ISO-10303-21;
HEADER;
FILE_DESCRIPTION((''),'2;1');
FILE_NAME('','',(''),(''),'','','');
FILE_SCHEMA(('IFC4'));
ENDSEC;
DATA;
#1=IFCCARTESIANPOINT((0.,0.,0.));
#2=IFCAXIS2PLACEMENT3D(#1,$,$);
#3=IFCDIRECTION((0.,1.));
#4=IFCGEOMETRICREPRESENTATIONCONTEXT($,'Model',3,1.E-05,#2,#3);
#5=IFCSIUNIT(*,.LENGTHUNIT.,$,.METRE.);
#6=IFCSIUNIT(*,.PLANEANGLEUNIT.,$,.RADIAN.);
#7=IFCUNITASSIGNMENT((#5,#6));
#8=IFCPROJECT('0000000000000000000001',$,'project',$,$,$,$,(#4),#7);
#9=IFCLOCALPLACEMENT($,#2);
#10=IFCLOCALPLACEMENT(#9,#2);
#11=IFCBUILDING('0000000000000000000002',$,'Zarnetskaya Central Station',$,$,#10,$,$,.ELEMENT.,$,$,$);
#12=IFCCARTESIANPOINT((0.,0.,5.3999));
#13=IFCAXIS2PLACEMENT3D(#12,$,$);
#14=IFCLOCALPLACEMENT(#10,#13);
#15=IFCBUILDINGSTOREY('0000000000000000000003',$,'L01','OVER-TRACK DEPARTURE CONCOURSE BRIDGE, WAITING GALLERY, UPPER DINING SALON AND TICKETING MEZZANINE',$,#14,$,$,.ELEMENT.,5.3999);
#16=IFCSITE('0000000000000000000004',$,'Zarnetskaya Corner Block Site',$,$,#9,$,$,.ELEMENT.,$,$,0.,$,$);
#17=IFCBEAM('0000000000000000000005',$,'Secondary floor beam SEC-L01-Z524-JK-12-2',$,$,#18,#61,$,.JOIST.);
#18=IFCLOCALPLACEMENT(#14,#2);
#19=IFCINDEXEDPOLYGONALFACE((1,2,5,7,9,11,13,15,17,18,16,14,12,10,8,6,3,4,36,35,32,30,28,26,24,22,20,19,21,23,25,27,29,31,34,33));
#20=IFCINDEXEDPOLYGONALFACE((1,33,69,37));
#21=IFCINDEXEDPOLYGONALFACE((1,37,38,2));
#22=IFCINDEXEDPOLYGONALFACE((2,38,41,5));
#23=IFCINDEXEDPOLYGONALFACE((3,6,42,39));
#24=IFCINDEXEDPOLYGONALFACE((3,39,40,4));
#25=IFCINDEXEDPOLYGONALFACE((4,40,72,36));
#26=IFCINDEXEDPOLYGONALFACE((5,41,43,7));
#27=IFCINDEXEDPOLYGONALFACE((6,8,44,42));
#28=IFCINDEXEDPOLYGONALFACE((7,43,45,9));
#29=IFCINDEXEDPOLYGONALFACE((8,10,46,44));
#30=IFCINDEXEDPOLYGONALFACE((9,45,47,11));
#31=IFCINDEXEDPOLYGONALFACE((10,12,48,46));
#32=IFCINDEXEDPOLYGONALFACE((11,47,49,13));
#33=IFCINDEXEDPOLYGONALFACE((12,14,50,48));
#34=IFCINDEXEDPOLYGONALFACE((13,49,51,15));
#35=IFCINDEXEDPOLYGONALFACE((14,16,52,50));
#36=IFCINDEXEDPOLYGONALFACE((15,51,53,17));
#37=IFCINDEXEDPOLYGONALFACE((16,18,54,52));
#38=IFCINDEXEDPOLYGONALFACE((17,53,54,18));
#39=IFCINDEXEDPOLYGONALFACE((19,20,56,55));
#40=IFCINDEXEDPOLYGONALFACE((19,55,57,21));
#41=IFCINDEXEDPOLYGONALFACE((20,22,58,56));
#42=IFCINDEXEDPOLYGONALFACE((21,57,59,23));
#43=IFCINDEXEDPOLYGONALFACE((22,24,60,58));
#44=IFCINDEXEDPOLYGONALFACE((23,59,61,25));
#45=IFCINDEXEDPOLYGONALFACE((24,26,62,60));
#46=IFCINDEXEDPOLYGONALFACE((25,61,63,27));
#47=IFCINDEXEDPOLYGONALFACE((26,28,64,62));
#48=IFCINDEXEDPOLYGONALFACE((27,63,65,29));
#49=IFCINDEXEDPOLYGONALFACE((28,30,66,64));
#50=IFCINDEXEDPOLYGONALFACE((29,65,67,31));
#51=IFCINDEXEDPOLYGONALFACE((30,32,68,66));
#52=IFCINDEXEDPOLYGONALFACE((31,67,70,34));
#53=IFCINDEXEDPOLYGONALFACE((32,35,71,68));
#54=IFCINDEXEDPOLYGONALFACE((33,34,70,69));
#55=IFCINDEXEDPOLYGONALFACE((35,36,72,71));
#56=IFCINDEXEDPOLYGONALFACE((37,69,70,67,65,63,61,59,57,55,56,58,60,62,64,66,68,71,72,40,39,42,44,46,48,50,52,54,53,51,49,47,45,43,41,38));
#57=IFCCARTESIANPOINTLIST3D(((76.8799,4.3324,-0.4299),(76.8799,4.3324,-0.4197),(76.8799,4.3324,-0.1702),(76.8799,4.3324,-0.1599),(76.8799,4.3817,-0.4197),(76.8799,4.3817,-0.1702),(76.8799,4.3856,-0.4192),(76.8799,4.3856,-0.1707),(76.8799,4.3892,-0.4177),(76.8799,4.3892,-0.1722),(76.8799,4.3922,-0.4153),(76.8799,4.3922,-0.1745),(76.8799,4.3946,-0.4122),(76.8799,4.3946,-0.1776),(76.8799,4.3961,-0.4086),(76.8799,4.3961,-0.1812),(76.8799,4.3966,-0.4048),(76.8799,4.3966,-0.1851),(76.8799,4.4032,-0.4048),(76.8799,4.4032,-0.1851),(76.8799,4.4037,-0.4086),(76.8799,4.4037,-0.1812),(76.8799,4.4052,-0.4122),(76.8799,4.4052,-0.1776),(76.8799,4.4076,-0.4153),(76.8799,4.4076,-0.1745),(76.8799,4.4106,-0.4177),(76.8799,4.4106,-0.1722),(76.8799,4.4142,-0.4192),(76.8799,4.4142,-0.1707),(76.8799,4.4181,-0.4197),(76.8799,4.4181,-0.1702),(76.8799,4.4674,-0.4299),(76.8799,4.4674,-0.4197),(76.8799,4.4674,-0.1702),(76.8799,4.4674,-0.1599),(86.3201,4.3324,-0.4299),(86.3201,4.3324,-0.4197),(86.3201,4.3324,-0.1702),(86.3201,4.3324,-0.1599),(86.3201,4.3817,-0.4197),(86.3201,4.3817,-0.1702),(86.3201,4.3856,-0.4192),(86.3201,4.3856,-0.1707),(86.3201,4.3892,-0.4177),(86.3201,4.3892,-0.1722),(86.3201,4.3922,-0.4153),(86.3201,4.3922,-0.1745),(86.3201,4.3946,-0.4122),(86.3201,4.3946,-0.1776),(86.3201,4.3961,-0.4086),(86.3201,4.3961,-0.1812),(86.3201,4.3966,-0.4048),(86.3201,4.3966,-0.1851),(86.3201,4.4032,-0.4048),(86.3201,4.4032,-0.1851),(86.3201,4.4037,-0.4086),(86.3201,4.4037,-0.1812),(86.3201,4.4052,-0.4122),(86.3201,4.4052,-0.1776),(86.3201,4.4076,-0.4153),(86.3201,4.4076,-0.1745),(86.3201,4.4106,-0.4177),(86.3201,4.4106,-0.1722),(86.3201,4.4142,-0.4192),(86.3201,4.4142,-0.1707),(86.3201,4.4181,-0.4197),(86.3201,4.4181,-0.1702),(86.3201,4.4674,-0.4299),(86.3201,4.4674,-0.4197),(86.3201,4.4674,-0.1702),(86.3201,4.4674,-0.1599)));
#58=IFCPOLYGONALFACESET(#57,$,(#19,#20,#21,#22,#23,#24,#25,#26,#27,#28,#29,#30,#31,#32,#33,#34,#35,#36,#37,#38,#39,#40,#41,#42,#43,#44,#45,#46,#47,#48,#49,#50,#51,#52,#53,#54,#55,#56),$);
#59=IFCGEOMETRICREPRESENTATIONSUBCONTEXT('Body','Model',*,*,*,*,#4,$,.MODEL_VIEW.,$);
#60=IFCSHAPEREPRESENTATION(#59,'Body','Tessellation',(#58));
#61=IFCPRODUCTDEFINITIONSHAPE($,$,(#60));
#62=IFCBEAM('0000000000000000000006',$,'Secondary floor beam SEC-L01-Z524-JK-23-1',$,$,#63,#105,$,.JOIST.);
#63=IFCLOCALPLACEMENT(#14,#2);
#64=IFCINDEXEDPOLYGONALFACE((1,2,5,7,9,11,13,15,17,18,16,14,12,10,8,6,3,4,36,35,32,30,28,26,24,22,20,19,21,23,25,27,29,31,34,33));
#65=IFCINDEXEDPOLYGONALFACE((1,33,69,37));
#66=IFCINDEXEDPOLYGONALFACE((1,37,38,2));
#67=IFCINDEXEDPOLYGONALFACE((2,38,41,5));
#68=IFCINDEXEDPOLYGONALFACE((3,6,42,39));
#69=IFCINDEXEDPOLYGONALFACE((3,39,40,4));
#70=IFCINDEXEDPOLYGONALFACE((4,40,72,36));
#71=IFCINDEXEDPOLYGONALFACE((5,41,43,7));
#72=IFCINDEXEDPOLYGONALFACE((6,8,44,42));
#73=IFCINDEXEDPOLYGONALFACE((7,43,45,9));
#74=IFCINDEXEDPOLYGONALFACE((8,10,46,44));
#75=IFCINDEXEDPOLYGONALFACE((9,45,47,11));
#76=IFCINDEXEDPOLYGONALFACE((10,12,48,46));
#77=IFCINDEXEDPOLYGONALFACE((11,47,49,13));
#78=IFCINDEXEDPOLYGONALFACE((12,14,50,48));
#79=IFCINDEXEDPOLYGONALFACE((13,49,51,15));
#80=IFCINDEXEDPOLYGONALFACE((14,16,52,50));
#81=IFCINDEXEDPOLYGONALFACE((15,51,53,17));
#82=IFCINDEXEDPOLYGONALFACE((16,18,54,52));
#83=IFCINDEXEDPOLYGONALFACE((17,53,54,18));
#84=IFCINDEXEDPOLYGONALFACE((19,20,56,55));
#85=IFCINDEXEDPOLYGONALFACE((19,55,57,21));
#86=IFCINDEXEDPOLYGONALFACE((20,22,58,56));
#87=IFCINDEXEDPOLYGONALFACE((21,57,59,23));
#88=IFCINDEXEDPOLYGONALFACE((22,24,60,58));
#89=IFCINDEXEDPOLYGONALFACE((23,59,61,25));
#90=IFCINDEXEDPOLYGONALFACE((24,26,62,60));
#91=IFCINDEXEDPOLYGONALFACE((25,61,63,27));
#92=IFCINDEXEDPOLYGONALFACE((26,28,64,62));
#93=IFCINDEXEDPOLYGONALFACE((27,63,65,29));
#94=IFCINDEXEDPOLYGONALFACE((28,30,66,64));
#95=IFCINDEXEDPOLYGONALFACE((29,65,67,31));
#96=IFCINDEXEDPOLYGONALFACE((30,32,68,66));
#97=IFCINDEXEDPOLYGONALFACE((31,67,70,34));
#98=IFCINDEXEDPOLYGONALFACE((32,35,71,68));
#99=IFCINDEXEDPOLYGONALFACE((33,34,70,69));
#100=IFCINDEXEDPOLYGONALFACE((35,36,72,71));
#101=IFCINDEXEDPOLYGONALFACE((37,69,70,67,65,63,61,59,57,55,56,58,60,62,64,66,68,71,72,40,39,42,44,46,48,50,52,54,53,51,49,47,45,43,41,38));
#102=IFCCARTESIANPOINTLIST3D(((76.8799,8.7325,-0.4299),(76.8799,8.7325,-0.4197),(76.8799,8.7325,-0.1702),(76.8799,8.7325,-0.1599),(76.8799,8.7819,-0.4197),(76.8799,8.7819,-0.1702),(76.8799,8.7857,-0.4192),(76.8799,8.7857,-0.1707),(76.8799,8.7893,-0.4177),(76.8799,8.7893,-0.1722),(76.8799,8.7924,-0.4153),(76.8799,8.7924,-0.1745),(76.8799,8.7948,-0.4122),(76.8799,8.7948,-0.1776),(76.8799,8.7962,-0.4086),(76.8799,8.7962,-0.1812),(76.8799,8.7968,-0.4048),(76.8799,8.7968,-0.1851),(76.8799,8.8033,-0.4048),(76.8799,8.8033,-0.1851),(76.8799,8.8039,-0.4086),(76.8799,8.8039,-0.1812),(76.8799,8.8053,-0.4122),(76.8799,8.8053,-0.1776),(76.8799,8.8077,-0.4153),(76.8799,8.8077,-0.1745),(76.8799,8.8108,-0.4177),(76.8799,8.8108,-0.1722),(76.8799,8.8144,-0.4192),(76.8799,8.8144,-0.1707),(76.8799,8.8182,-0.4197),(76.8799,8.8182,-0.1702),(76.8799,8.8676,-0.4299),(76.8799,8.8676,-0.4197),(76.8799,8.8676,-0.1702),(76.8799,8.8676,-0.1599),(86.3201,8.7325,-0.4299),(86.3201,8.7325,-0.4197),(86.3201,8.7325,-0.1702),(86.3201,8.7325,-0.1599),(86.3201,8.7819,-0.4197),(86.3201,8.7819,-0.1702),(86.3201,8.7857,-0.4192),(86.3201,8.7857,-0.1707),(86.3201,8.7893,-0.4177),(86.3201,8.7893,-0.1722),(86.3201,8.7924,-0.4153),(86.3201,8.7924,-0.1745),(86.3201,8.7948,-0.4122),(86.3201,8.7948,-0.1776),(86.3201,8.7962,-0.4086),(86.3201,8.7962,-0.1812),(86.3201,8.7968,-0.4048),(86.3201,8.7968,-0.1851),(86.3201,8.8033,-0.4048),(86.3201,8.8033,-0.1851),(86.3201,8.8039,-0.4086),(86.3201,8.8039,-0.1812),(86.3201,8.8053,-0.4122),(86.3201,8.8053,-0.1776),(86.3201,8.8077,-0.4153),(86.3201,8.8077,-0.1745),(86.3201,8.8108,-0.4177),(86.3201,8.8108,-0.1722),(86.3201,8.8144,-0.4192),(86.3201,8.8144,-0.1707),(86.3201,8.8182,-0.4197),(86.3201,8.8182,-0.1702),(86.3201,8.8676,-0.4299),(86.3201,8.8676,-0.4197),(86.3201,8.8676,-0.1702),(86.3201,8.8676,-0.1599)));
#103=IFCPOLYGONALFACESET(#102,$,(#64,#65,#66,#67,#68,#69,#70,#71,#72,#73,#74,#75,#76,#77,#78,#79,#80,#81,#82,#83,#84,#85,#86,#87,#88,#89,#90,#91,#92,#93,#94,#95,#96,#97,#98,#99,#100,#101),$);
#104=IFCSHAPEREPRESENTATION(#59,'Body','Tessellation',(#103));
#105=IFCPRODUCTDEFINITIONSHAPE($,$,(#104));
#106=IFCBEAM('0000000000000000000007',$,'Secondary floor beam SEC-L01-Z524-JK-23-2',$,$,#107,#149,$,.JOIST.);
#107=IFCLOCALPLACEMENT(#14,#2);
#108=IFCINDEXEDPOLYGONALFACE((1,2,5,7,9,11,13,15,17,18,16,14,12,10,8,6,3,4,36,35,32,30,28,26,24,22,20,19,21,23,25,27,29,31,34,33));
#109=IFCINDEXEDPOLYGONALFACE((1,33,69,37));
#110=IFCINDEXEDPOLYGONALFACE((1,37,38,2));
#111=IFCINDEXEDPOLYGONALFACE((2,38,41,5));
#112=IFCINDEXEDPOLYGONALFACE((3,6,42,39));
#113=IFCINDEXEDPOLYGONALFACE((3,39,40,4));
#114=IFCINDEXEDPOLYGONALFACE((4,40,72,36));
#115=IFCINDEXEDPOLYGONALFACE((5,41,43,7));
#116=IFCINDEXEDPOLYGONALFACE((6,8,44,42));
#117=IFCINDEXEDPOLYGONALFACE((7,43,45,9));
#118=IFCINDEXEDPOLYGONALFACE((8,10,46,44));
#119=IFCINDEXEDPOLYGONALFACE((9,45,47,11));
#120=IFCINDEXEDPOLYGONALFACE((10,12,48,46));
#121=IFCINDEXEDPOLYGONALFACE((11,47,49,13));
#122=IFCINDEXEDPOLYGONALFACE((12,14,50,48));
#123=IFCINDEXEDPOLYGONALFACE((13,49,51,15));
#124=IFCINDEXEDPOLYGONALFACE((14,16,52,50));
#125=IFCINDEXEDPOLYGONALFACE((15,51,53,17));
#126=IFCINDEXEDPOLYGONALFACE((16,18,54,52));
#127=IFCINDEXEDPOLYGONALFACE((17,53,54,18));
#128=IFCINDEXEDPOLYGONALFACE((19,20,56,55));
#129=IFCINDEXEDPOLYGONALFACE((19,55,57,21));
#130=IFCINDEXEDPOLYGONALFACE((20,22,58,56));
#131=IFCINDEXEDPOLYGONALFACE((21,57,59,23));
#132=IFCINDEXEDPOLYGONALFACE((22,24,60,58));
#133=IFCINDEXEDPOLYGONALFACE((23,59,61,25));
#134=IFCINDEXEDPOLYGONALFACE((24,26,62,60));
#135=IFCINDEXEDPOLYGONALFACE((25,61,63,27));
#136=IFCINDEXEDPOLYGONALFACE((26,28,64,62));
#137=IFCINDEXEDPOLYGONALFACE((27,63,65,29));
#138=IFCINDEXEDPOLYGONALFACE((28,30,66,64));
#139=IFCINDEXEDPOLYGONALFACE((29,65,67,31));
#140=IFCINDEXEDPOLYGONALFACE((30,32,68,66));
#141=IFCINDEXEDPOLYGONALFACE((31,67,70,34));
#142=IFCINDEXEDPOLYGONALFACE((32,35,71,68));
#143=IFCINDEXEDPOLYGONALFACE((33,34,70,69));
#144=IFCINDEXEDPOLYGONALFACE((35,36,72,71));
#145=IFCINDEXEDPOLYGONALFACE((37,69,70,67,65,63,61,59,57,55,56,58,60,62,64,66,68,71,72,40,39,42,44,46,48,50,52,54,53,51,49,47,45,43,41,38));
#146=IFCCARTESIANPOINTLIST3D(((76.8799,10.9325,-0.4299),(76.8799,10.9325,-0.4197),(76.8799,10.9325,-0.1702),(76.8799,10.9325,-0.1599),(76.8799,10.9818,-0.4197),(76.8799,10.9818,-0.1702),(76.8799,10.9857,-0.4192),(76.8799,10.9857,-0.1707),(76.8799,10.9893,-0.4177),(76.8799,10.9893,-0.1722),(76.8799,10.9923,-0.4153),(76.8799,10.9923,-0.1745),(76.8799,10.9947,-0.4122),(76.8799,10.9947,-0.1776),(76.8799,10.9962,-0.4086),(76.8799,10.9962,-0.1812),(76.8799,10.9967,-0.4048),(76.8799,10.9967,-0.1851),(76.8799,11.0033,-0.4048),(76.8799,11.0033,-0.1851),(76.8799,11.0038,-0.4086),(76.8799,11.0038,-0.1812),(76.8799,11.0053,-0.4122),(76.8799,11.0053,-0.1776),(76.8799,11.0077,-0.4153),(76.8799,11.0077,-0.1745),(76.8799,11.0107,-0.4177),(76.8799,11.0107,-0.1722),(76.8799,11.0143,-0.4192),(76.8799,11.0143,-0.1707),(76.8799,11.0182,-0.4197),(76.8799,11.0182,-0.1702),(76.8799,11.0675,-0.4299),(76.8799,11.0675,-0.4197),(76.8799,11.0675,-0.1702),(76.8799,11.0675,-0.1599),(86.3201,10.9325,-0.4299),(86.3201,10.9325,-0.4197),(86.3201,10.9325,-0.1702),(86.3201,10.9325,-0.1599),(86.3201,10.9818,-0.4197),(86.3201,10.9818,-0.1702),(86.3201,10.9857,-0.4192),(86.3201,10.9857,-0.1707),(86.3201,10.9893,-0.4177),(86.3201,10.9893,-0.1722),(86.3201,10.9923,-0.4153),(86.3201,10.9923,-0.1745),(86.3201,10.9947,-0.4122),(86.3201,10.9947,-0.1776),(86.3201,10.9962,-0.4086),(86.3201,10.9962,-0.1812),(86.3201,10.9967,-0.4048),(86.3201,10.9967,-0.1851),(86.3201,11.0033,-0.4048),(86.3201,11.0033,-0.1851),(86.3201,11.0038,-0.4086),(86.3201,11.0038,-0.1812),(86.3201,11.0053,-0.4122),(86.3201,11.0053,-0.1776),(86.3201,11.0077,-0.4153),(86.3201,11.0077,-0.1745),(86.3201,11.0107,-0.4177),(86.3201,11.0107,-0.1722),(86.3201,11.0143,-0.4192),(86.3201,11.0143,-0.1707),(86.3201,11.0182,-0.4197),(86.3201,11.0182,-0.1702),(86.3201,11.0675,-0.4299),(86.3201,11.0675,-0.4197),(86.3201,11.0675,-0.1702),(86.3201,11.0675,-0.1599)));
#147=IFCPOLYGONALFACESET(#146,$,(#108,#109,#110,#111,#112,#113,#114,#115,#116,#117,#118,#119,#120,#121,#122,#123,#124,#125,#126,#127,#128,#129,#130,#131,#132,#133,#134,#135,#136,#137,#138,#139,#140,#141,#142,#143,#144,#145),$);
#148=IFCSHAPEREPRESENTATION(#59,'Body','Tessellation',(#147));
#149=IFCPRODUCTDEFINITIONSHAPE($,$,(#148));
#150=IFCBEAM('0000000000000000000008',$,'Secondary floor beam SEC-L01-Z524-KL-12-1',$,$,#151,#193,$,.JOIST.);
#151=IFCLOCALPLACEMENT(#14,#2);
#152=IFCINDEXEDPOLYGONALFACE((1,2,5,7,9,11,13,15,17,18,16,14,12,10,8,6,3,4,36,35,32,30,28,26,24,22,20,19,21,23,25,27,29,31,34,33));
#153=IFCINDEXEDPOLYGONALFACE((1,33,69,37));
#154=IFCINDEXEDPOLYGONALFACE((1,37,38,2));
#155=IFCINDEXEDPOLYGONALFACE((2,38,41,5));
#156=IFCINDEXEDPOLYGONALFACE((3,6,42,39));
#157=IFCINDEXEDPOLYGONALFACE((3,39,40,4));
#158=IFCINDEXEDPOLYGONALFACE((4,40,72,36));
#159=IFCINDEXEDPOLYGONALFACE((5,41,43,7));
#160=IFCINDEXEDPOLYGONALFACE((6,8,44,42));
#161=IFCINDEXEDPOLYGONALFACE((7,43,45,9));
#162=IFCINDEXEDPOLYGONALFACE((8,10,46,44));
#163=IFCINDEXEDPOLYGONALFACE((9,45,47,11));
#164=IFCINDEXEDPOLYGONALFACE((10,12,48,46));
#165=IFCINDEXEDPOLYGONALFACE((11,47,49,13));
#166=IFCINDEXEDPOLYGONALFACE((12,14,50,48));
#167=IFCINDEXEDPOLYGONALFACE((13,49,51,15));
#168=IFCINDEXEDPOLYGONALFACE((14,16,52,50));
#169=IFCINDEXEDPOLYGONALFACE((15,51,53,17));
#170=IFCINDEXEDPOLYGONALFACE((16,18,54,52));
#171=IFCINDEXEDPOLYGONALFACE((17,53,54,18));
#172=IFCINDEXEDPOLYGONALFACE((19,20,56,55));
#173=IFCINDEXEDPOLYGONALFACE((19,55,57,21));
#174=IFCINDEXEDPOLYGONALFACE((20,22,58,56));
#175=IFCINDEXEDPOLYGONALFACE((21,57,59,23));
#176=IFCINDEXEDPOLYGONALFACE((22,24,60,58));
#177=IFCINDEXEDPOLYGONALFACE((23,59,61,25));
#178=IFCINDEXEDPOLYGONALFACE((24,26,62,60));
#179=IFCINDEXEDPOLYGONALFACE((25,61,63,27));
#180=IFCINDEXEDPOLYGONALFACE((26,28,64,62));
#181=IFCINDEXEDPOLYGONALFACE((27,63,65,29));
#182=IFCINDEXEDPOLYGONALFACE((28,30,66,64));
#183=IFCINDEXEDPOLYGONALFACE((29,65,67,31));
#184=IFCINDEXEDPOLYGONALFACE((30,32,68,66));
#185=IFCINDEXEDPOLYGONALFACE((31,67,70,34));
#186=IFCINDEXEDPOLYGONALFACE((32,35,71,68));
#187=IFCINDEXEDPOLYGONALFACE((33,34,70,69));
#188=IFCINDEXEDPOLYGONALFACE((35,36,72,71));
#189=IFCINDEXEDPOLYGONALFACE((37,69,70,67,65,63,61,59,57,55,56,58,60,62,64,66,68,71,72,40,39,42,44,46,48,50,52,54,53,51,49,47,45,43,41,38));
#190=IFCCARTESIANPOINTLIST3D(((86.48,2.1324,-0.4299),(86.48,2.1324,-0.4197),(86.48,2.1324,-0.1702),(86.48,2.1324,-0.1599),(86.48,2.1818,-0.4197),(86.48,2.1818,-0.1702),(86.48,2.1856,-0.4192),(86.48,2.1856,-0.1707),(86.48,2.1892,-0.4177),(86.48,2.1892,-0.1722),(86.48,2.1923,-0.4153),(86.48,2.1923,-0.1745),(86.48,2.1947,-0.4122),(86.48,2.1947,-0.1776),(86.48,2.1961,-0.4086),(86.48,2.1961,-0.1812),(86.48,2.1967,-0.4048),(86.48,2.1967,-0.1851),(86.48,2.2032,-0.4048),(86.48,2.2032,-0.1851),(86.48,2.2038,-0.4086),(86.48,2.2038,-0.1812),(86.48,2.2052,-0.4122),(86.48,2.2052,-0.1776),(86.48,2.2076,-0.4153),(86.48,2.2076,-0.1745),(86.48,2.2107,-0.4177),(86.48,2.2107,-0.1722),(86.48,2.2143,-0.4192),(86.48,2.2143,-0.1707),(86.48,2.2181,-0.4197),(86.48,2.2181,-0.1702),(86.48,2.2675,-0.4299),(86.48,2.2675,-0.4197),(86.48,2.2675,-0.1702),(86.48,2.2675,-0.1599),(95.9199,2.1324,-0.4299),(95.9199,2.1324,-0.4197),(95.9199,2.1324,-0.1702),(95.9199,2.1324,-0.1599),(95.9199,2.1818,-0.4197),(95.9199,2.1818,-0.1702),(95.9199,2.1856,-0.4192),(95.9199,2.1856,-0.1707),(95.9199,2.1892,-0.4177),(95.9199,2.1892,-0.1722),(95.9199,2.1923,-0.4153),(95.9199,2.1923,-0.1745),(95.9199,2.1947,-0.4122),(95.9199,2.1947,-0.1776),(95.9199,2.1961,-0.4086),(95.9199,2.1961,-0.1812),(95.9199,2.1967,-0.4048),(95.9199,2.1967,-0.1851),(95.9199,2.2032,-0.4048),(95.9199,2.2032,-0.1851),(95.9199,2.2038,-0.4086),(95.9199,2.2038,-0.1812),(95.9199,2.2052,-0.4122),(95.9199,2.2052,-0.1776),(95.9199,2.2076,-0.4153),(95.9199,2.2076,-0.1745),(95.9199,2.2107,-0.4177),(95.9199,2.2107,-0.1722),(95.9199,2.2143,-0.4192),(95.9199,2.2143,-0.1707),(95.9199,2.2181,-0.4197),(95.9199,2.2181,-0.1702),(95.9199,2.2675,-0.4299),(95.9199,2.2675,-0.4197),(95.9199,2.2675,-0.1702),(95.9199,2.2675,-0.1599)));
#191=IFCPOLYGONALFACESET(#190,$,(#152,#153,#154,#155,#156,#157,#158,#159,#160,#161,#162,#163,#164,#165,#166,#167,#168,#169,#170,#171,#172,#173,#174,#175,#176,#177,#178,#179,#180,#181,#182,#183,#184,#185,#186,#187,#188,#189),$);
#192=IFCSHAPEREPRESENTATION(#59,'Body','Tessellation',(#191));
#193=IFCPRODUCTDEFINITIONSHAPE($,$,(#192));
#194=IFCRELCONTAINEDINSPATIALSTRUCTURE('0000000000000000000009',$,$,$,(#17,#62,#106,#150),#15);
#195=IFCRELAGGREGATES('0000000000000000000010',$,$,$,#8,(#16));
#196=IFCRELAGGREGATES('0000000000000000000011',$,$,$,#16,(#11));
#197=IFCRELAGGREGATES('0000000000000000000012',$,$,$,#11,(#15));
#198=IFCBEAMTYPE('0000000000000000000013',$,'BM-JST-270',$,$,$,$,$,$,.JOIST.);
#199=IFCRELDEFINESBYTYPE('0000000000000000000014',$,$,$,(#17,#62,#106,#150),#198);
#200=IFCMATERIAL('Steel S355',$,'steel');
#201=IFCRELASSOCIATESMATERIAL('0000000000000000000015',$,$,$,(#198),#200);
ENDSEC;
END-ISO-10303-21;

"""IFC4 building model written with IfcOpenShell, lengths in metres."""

from ifc_helpers import new_model, si_unit, direction, frame, origin, origin_2d, place, context, subcontext, project, spatial, i_section, extrude, material, material_profile, profile_set, type_object, element, save


model = new_model("IFC4")

# Units and contexts
model_context = context("Model", 3, precision=1e-05, world=origin(), true_north=direction((0.0, 1.0)))
body_context = subcontext(model_context, "Body", "Model", "MODEL_VIEW")
ifc_project = project(units=[si_unit("LENGTHUNIT", "METRE"), si_unit("PLANEANGLEUNIT", "RADIAN")], contexts=[model_context])

# Site, building, storey
site_placement = place(None, origin())
site = spatial("IfcSite", under=ifc_project, at=site_placement, Name="Zarnetskaya Corner Block Site", CompositionType="ELEMENT", RefElevation=0.0)
building_placement = place(site_placement, origin())
building = spatial("IfcBuilding", under=site, at=building_placement, Name="Zarnetskaya Central Station", CompositionType="ELEMENT")
storey_placement = place(building_placement, frame((0.0, 0.0, 5.3999)))
storey = spatial("IfcBuildingStorey", under=building, at=storey_placement, Name="L01", Description="OVER-TRACK DEPARTURE CONCOURSE BRIDGE, WAITING GALLERY, UPPER DINING SALON AND TICKETING MEZZANINE", CompositionType="ELEMENT", Elevation=5.3999)

# Beams
ifc_material_1 = material(Name="Steel S355", Category="steel")
ifc_material_profile_1 = material_profile(ifc_material_1, i_section(OverallWidth=0.135, OverallDepth=0.27, WebThickness=0.0066, FlangeThickness=0.0103, FilletRadius=0.0149, at=origin_2d()), Name="IPE 270")
ifc_profile_set_1 = profile_set([ifc_material_profile_1], Name="Steel S355")
beam_type_1 = type_object("IfcBeamType", Name="BM-JST-270", PredefinedType="JOIST", material=ifc_profile_set_1)
for number, where, z_axis, x_axis, name in (
    (1, (76.8799, 4.3999, -0.2949), (1.0, 0.0, 0.0), (0.0, 1.0, 0.0), "Secondary floor beam SEC-L01-Z524-JK-12-2"),
    (2, (76.8799, 8.8, -0.2949), (1.0, 0.0, 0.0), (0.0, 1.0, 0.0), "Secondary floor beam SEC-L01-Z524-JK-23-1"),
    (3, (76.8799, 11.0, -0.2949), (1.0, 0.0, 0.0), (0.0, 1.0, 0.0), "Secondary floor beam SEC-L01-Z524-JK-23-2"),
):
    element("IfcBeam", number, at=place(storey_placement, frame(where, z_axis=z_axis, x_axis=x_axis)), inside=storey, type_object=beam_type_1, Name=name, PredefinedType="JOIST", context=body_context, shape_type="SweptSolid", body=[
        extrude(i_section(OverallWidth=0.135, OverallDepth=0.27, WebThickness=0.0066, FlangeThickness=0.0103, FilletRadius=0.0149, at=origin_2d()), origin(), (0.0, 0.0, 1.0), 9.4402),
    ])
for number, where, z_axis, x_axis, name in (
    (4, (86.48, 2.2, -0.2949), (1.0, 0.0, 0.0), (0.0, 1.0, 0.0), "Secondary floor beam SEC-L01-Z524-KL-12-1"),
):
    element("IfcBeam", number, at=place(storey_placement, frame(where, z_axis=z_axis, x_axis=x_axis)), inside=storey, type_object=beam_type_1, Name=name, PredefinedType="JOIST", context=body_context, shape_type="SweptSolid", body=[
        extrude(i_section(OverallWidth=0.135, OverallDepth=0.27, WebThickness=0.0066, FlangeThickness=0.0103, FilletRadius=0.0149, at=origin_2d()), origin(), (0.0, 0.0, 1.0), 9.4399),
    ])

save(model, "model.ifc")
